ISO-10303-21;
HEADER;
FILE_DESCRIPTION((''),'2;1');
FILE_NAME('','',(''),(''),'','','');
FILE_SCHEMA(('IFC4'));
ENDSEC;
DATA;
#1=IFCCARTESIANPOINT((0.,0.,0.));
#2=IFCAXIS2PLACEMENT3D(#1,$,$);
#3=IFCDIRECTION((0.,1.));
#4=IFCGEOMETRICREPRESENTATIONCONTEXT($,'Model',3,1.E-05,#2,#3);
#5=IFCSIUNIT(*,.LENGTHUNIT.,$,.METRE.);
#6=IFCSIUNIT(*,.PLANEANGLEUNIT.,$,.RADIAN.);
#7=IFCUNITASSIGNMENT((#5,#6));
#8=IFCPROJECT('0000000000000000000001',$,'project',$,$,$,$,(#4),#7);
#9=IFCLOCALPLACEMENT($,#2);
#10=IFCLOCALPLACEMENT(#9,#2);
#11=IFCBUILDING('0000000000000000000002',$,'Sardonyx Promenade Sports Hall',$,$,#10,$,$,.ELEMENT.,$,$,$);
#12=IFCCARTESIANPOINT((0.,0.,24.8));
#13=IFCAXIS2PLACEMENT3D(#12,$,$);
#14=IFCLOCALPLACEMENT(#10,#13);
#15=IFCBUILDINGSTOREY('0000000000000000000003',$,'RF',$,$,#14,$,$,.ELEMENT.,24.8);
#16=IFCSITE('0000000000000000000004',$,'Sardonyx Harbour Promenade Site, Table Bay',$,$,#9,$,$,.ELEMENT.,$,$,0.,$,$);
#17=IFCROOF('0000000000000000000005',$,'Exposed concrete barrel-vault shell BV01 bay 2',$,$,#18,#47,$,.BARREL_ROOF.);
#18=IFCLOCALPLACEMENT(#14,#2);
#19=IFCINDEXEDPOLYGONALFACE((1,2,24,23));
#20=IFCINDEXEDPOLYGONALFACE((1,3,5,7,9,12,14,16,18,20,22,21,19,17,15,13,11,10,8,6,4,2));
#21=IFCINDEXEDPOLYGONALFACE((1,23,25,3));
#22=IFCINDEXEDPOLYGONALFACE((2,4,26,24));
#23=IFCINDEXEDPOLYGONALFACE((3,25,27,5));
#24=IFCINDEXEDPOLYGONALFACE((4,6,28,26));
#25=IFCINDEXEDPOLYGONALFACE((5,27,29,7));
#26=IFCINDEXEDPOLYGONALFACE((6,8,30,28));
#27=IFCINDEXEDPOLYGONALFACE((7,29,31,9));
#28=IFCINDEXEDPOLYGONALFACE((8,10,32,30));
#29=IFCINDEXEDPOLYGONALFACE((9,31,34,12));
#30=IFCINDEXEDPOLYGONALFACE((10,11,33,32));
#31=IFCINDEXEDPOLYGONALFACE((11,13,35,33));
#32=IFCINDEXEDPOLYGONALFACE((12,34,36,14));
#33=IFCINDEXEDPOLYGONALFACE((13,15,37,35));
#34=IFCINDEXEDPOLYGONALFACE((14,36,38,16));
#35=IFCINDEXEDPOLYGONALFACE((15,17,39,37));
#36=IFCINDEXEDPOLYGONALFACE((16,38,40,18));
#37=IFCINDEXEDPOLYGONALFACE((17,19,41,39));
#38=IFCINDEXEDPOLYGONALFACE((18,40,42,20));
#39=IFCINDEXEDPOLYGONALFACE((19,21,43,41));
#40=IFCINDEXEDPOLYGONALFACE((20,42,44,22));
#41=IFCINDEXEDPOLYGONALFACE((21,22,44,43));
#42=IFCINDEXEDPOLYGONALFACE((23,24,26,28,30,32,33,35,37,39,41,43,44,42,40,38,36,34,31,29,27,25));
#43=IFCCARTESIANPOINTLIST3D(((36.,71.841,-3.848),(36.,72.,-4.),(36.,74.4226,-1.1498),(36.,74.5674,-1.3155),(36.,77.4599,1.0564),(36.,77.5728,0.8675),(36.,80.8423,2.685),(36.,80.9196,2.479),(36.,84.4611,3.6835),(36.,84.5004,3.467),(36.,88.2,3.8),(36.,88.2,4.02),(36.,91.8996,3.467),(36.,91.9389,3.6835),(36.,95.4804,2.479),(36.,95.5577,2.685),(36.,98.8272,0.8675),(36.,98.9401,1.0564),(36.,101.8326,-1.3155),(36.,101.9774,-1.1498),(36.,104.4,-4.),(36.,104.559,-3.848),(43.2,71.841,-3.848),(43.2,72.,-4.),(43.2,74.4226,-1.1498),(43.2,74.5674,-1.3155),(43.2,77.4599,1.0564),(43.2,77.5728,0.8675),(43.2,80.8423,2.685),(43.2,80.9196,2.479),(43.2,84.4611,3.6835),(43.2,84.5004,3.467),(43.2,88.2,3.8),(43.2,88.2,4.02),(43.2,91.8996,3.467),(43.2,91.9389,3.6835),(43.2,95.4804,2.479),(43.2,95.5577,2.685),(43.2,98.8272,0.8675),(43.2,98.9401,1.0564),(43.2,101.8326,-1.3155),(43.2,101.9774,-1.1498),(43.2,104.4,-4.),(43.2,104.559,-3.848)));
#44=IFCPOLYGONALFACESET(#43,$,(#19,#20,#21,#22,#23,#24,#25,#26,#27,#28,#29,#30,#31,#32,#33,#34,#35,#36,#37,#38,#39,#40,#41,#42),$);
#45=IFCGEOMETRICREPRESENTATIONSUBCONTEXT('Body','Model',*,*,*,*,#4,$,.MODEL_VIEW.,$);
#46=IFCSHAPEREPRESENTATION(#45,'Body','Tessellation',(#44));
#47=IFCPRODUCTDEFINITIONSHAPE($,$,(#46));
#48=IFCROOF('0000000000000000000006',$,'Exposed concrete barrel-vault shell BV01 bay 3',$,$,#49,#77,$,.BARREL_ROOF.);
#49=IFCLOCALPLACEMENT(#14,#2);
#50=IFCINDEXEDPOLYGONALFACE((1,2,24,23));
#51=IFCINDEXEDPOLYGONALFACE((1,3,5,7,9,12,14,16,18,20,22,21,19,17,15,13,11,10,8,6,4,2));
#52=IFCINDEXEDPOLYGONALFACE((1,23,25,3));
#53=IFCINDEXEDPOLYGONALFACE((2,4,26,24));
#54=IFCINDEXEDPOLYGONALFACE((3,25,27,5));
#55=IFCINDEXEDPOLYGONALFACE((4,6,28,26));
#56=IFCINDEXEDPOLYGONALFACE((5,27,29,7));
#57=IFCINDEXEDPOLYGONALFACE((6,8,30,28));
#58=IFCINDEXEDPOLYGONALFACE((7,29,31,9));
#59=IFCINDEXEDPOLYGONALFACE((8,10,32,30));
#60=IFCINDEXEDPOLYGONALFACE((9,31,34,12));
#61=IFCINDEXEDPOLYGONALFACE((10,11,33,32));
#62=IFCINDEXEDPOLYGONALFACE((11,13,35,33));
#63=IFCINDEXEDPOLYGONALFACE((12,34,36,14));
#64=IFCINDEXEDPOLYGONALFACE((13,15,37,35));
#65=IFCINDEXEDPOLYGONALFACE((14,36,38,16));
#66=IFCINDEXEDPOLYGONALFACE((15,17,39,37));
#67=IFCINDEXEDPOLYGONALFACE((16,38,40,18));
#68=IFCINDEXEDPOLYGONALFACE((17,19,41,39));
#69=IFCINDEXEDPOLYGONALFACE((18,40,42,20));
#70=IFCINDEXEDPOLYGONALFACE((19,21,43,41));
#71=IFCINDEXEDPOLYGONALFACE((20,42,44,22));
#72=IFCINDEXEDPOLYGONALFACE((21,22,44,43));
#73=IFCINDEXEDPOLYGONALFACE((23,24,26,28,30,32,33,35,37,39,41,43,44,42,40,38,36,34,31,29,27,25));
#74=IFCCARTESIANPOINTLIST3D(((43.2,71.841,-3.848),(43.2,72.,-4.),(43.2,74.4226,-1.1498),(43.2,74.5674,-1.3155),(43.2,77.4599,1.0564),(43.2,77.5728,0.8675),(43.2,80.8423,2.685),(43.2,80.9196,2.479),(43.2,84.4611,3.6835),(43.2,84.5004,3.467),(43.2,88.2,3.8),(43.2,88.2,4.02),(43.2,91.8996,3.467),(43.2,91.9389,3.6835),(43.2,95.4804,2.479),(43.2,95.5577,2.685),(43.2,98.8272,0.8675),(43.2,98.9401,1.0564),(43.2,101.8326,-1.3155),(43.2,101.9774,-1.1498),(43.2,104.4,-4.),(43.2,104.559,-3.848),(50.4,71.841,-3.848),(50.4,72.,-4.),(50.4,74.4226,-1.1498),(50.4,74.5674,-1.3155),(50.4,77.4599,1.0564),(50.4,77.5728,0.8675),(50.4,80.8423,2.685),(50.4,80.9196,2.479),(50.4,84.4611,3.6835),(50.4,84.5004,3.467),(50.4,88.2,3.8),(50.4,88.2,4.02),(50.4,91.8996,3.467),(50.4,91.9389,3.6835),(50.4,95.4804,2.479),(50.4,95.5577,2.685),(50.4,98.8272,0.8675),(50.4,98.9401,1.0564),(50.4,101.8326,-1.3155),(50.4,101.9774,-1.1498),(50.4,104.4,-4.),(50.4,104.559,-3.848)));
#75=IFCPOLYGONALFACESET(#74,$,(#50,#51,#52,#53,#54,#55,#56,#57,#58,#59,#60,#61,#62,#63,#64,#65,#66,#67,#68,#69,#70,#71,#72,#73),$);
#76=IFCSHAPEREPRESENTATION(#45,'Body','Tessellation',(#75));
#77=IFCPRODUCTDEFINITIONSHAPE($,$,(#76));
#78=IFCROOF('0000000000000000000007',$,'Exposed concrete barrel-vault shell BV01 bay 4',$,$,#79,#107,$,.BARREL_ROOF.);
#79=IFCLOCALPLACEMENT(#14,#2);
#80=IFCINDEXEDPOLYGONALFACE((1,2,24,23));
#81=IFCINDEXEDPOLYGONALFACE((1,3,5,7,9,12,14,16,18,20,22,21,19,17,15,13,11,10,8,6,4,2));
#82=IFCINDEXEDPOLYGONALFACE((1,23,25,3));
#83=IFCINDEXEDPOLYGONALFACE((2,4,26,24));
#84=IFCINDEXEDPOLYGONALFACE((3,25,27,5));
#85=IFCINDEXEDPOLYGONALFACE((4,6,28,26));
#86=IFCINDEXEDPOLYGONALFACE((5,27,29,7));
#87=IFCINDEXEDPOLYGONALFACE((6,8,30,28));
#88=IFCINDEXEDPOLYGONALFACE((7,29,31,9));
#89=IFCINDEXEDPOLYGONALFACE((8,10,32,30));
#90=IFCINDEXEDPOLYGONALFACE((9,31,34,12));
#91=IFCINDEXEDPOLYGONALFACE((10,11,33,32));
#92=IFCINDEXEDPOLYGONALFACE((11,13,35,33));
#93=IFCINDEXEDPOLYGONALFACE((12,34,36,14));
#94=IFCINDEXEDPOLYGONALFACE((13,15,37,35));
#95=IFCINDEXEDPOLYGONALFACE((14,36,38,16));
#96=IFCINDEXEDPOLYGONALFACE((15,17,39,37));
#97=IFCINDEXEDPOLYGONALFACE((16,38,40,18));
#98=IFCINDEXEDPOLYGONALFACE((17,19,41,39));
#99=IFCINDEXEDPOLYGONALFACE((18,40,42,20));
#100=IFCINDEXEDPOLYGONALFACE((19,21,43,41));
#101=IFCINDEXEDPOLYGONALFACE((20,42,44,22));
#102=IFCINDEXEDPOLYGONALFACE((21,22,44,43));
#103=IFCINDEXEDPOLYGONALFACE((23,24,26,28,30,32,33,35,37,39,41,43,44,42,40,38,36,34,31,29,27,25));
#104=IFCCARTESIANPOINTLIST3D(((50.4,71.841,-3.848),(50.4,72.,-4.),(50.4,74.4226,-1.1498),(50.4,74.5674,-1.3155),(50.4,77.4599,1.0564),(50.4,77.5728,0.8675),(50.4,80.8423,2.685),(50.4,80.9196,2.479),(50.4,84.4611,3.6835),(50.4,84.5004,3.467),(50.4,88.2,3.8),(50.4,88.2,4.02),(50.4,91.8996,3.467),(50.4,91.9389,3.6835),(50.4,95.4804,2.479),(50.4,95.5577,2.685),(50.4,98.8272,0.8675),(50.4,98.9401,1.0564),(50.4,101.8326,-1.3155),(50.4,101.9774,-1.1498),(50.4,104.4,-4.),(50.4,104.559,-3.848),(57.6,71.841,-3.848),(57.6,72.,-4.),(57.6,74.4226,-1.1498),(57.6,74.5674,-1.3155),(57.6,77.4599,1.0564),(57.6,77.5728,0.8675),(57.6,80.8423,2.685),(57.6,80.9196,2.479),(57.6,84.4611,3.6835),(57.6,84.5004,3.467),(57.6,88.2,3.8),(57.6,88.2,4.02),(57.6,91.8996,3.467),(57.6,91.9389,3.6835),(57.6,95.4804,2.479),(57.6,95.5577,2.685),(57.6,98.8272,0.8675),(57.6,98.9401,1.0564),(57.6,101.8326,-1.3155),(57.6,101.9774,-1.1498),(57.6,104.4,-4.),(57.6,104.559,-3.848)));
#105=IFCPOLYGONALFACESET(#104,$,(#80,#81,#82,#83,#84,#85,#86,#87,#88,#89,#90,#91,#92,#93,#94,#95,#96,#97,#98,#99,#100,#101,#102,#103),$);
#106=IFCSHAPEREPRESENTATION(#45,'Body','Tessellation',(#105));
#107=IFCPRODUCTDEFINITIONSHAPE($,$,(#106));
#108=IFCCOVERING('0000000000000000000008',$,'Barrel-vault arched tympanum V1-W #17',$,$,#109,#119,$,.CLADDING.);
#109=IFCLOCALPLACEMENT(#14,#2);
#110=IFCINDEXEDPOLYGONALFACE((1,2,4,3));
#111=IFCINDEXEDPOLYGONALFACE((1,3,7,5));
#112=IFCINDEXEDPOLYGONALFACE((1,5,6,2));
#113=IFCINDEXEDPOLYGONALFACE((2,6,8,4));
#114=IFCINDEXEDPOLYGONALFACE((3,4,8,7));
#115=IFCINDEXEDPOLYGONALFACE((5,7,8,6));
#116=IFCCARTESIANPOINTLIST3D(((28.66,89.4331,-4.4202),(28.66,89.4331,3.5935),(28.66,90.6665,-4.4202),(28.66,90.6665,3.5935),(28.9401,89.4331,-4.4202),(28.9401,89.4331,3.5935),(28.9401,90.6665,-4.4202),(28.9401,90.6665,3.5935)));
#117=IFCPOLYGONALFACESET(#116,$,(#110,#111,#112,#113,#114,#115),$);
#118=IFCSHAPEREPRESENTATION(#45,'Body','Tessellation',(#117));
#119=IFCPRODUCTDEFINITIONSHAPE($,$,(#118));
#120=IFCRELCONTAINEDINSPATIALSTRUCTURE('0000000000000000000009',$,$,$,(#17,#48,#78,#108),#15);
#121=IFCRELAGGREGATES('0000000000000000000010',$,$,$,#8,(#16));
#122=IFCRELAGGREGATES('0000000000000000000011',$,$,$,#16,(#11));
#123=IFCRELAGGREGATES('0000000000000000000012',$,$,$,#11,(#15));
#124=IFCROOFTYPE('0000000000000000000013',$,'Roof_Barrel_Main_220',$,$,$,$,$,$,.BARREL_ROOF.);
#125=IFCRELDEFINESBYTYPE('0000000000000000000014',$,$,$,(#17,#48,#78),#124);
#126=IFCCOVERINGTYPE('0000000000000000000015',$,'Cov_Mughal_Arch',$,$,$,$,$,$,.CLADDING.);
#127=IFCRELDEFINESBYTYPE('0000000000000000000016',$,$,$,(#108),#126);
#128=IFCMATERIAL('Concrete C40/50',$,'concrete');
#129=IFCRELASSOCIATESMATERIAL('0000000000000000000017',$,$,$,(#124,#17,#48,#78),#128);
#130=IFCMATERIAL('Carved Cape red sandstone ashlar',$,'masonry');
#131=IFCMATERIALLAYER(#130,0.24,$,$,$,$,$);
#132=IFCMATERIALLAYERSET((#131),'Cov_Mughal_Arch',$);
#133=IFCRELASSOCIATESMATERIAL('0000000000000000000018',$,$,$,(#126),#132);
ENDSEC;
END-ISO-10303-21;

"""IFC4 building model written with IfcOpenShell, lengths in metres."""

from ifc_helpers import new_model, si_unit, direction, frame, frame_2d, origin, place, context, subcontext, project, spatial, polyline, rectangle, outline, extrude, material, layer, layer_set, type_object, element, save


model = new_model("IFC4")

# Units and contexts
model_context = context("Model", 3, precision=1e-05, world=origin(), true_north=direction((0.0, 1.0)))
body_context = subcontext(model_context, "Body", "Model", "MODEL_VIEW")
ifc_project = project(units=[si_unit("LENGTHUNIT", "METRE"), si_unit("PLANEANGLEUNIT", "RADIAN")], contexts=[model_context])

# Site, building, storey
site_placement = place(None, origin())
site = spatial("IfcSite", under=ifc_project, at=site_placement, Name="Sardonyx Harbour Promenade Site, Table Bay", CompositionType="ELEMENT", RefElevation=0.0)
building_placement = place(site_placement, origin())
building = spatial("IfcBuilding", under=site, at=building_placement, Name="Sardonyx Promenade Sports Hall", CompositionType="ELEMENT")
storey_placement = place(building_placement, frame((0.0, 0.0, 24.8)))
storey = spatial("IfcBuildingStorey", under=building, at=storey_placement, Name="RF", CompositionType="ELEMENT", Elevation=24.8)

# Roofs
ifc_material_1 = material(Name="Concrete C40/50", Category="concrete")
roof_type = type_object("IfcRoofType", Name="Roof_Barrel_Main_220", PredefinedType="BARREL_ROOF", material=ifc_material_1)
for number, where, z_axis, x_axis, name in (
    (1, (36.0, 88.2, -4.0), (1.0, 0.0, 0.0), (0.0, 1.0, 0.0), "Exposed concrete barrel-vault shell BV01 bay 2"),
    (2, (43.2, 88.2, -4.0), (1.0, 0.0, 0.0), (0.0, 1.0, 0.0), "Exposed concrete barrel-vault shell BV01 bay 3"),
    (3, (50.4, 88.2, -4.0), (1.0, 0.0, 0.0), (0.0, 1.0, 0.0), "Exposed concrete barrel-vault shell BV01 bay 4"),
):
    element("IfcRoof", number, at=place(storey_placement, frame(where, z_axis=z_axis, x_axis=x_axis)), inside=storey, type_object=roof_type, material=ifc_material_1, Name=name, PredefinedType="BARREL_ROOF", context=body_context, shape_type="SweptSolid", body=[
        extrude(outline(polyline([(-16.2, 0.0), (-13.6326, 2.6845), (-10.6272, 4.8676), (-7.2804, 6.479), (-3.6996, 7.4671), (0.0, 7.8), (3.6996, 7.4671), (7.2804, 6.479), (10.6272, 4.8676), (13.6326, 2.6845), (16.2, 0.0), (16.359, 0.1521), (13.7774, 2.8502), (10.7401, 5.0565), (7.3577, 6.685), (3.7389, 7.6836), (0.0, 8.02), (-3.7389, 7.6836), (-7.3577, 6.685), (-10.7401, 5.0565), (-13.7774, 2.8502), (-16.359, 0.1521), (-16.2, 0.0)])), origin(), (0.0, 0.0, 1.0), 7.2),
    ])

# Covering
ifc_material_2 = material(Name="Carved Cape red sandstone ashlar", Category="masonry")
ifc_layer = layer(ifc_material_2, 0.24)
ifc_layer_set = layer_set([ifc_layer], Name="Cov_Mughal_Arch")
covering_type = type_object("IfcCoveringType", Name="Cov_Mughal_Arch", PredefinedType="CLADDING", material=ifc_layer_set)
covering_placement = place(storey_placement, frame((28.8, 89.4331, -4.4202), z_axis=(0.0, 0.0, 1.0), x_axis=(0.0, 1.0, 0.0)))
element("IfcCovering", 4, at=covering_placement, inside=storey, type_object=covering_type, Name="Barrel-vault arched tympanum V1-W #17", PredefinedType="CLADDING", context=body_context, shape_type="SweptSolid", body=[
    extrude(rectangle(XDim=1.2334, YDim=0.28, at=frame_2d((0.6167, 0.0))), origin(), (0.0, 0.0, 1.0), 8.0137),
])

save(model, "model.ifc")
